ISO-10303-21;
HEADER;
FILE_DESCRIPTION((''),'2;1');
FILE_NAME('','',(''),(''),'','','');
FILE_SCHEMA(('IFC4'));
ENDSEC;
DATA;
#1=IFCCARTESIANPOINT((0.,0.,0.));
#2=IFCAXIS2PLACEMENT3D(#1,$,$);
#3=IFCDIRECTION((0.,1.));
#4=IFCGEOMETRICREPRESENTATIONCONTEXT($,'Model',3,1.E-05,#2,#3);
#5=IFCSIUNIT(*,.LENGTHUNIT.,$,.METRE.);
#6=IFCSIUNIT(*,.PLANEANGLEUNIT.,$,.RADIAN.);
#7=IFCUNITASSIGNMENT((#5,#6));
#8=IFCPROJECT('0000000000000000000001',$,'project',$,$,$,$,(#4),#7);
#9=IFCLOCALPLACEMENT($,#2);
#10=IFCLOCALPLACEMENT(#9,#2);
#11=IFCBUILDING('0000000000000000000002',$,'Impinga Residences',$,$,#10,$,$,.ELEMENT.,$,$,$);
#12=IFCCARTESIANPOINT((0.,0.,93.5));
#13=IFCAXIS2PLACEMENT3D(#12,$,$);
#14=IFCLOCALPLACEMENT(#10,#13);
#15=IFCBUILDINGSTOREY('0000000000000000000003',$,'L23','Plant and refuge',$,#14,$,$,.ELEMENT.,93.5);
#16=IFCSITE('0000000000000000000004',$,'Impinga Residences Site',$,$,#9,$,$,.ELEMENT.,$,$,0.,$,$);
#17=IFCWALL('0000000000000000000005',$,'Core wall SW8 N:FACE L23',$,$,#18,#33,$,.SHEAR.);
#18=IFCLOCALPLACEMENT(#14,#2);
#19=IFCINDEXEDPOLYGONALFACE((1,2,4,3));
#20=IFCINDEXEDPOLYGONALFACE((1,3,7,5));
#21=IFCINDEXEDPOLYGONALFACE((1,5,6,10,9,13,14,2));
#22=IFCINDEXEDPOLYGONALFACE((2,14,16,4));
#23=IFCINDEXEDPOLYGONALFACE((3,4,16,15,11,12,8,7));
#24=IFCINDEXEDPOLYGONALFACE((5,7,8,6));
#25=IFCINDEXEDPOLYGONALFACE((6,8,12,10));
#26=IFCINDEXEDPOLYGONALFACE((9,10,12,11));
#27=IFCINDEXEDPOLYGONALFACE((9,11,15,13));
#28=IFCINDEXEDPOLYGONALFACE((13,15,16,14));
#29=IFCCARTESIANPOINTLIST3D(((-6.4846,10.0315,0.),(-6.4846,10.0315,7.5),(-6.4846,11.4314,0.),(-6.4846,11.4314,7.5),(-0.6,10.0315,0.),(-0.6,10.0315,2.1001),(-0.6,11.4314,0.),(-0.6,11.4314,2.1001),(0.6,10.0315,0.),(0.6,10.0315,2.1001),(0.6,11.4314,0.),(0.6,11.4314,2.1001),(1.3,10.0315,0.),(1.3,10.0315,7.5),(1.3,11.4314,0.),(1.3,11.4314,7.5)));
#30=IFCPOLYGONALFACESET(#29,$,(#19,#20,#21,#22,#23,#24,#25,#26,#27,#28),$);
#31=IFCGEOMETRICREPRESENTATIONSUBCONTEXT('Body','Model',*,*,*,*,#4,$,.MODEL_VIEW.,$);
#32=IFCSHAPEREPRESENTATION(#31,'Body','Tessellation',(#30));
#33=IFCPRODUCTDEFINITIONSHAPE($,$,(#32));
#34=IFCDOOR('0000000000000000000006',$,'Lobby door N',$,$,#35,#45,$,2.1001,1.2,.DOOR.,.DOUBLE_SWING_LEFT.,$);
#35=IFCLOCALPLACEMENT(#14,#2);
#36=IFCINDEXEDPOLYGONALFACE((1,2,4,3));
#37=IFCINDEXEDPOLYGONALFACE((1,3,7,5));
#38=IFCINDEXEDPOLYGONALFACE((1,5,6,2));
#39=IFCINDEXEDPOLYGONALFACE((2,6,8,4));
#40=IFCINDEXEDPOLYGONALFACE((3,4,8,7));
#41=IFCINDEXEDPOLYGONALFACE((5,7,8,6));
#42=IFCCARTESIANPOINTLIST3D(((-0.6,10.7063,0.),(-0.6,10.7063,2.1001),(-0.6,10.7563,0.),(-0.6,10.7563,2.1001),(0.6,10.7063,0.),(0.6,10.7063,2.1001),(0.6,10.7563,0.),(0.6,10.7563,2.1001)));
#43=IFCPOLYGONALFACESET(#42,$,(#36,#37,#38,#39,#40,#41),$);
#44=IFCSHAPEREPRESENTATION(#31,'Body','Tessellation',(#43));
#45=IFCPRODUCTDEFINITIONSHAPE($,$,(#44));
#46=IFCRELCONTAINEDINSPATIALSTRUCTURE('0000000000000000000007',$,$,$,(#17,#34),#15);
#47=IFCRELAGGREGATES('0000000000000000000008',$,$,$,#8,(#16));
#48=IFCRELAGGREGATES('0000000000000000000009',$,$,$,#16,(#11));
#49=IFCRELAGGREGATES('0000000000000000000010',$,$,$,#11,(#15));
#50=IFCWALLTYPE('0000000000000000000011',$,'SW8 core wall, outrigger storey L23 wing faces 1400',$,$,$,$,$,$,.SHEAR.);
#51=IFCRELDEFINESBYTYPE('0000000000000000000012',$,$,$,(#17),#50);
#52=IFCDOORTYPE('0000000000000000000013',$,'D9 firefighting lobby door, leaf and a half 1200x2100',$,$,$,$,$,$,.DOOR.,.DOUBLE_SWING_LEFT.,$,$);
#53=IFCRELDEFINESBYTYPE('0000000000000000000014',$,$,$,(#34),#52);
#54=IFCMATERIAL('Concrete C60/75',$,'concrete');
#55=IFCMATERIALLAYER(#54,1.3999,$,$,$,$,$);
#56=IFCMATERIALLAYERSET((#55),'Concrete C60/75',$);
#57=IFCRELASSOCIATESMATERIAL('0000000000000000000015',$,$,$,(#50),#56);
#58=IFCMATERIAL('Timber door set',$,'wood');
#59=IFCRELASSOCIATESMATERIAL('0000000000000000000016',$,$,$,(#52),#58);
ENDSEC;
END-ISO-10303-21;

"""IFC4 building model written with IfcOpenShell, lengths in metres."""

from ifc_helpers import new_model, si_unit, direction, frame, frame_2d, origin, place, context, subcontext, project, spatial, rectangle, extrude, material, layer, layer_set, type_object, element, fill, save


model = new_model("IFC4")

# Units and contexts
model_context = context("Model", 3, precision=1e-05, world=origin(), true_north=direction((0.0, 1.0)))
body_context = subcontext(model_context, "Body", "Model", "MODEL_VIEW")
ifc_project = project(units=[si_unit("LENGTHUNIT", "METRE"), si_unit("PLANEANGLEUNIT", "RADIAN")], contexts=[model_context])

# Site, building, storey
site_placement = place(None, origin())
site = spatial("IfcSite", under=ifc_project, at=site_placement, Name="Impinga Residences Site", CompositionType="ELEMENT", RefElevation=0.0)
building_placement = place(site_placement, origin())
building = spatial("IfcBuilding", under=site, at=building_placement, Name="Impinga Residences", CompositionType="ELEMENT")
storey_placement = place(building_placement, frame((0.0, 0.0, 93.5)))
storey = spatial("IfcBuildingStorey", under=building, at=storey_placement, Name="L23", Description="Plant and refuge", CompositionType="ELEMENT", Elevation=93.5)

# Shared definitions
ifc_material_1 = material(Name="Timber door set", Category="wood")
ifc_material_2 = material(Name="Concrete C60/75", Category="concrete")

# Wall, opening, door
ifc_layer_1 = layer(ifc_material_2, 1.3999)
ifc_layer_set_1 = layer_set([ifc_layer_1], Name="Concrete C60/75")
wall_type_1 = type_object("IfcWallType", Name="SW8 core wall, outrigger storey L23 wing faces 1400", PredefinedType="SHEAR", material=ifc_layer_set_1)
wall_1_placement = place(storey_placement, frame((-6.4846, 10.7314, 0.0), z_axis=(0.0, 0.0, 1.0), x_axis=(1.0, 0.0, 0.0)))
wall_1 = element("IfcWall", 1, at=wall_1_placement, inside=storey, type_object=wall_type_1, Name="Core wall SW8 N:FACE L23", PredefinedType="SHEAR", context=body_context, shape_type="SweptSolid", body=[
    extrude(rectangle(XDim=7.7847, YDim=1.3999, at=frame_2d((3.8923, 0.0))), origin(), (0.0, 0.0, 1.0), 7.5),
])
opening_1_placement = place(wall_1_placement, frame((5.8845, 0.0, 0.0)))
opening_1 = element("IfcOpeningElement", 2, at=opening_1_placement, cuts=wall_1, PredefinedType="OPENING", context=body_context, shape_type="SweptSolid", body=[
    extrude(rectangle(XDim=1.2, YDim=2.1001, at=frame_2d((0.6001, 1.05))), frame((0.0, 0.71, 0.0), z_axis=(0.0, -1.0, 0.0), x_axis=(1.0, 0.0, 0.0)), (0.0, 0.0, 1.0), 1.4199),
])
door_type_1 = type_object("IfcDoorType", Name="D9 firefighting lobby door, leaf and a half 1200x2100", OperationType="DOUBLE_SWING_LEFT", PredefinedType="DOOR", material=ifc_material_1)
door_1_placement = place(opening_1_placement, origin())
door_1 = element("IfcDoor", 3, at=door_1_placement, inside=storey, type_object=door_type_1, Name="Lobby door N", OperationType="DOUBLE_SWING_LEFT", OverallHeight=2.1001, OverallWidth=1.2, PredefinedType="DOOR", context=body_context, shape_type="SweptSolid", body=[
    extrude(rectangle(XDim=1.2, YDim=2.1001, at=frame_2d((0.6001, 1.05))), frame((0.0, 0.0249, 0.0), z_axis=(0.0, -1.0, 0.0), x_axis=(1.0, 0.0, 0.0)), (0.0, 0.0, 1.0), 0.05),
])
fill(opening_1, door_1)

save(model, "model.ifc")
